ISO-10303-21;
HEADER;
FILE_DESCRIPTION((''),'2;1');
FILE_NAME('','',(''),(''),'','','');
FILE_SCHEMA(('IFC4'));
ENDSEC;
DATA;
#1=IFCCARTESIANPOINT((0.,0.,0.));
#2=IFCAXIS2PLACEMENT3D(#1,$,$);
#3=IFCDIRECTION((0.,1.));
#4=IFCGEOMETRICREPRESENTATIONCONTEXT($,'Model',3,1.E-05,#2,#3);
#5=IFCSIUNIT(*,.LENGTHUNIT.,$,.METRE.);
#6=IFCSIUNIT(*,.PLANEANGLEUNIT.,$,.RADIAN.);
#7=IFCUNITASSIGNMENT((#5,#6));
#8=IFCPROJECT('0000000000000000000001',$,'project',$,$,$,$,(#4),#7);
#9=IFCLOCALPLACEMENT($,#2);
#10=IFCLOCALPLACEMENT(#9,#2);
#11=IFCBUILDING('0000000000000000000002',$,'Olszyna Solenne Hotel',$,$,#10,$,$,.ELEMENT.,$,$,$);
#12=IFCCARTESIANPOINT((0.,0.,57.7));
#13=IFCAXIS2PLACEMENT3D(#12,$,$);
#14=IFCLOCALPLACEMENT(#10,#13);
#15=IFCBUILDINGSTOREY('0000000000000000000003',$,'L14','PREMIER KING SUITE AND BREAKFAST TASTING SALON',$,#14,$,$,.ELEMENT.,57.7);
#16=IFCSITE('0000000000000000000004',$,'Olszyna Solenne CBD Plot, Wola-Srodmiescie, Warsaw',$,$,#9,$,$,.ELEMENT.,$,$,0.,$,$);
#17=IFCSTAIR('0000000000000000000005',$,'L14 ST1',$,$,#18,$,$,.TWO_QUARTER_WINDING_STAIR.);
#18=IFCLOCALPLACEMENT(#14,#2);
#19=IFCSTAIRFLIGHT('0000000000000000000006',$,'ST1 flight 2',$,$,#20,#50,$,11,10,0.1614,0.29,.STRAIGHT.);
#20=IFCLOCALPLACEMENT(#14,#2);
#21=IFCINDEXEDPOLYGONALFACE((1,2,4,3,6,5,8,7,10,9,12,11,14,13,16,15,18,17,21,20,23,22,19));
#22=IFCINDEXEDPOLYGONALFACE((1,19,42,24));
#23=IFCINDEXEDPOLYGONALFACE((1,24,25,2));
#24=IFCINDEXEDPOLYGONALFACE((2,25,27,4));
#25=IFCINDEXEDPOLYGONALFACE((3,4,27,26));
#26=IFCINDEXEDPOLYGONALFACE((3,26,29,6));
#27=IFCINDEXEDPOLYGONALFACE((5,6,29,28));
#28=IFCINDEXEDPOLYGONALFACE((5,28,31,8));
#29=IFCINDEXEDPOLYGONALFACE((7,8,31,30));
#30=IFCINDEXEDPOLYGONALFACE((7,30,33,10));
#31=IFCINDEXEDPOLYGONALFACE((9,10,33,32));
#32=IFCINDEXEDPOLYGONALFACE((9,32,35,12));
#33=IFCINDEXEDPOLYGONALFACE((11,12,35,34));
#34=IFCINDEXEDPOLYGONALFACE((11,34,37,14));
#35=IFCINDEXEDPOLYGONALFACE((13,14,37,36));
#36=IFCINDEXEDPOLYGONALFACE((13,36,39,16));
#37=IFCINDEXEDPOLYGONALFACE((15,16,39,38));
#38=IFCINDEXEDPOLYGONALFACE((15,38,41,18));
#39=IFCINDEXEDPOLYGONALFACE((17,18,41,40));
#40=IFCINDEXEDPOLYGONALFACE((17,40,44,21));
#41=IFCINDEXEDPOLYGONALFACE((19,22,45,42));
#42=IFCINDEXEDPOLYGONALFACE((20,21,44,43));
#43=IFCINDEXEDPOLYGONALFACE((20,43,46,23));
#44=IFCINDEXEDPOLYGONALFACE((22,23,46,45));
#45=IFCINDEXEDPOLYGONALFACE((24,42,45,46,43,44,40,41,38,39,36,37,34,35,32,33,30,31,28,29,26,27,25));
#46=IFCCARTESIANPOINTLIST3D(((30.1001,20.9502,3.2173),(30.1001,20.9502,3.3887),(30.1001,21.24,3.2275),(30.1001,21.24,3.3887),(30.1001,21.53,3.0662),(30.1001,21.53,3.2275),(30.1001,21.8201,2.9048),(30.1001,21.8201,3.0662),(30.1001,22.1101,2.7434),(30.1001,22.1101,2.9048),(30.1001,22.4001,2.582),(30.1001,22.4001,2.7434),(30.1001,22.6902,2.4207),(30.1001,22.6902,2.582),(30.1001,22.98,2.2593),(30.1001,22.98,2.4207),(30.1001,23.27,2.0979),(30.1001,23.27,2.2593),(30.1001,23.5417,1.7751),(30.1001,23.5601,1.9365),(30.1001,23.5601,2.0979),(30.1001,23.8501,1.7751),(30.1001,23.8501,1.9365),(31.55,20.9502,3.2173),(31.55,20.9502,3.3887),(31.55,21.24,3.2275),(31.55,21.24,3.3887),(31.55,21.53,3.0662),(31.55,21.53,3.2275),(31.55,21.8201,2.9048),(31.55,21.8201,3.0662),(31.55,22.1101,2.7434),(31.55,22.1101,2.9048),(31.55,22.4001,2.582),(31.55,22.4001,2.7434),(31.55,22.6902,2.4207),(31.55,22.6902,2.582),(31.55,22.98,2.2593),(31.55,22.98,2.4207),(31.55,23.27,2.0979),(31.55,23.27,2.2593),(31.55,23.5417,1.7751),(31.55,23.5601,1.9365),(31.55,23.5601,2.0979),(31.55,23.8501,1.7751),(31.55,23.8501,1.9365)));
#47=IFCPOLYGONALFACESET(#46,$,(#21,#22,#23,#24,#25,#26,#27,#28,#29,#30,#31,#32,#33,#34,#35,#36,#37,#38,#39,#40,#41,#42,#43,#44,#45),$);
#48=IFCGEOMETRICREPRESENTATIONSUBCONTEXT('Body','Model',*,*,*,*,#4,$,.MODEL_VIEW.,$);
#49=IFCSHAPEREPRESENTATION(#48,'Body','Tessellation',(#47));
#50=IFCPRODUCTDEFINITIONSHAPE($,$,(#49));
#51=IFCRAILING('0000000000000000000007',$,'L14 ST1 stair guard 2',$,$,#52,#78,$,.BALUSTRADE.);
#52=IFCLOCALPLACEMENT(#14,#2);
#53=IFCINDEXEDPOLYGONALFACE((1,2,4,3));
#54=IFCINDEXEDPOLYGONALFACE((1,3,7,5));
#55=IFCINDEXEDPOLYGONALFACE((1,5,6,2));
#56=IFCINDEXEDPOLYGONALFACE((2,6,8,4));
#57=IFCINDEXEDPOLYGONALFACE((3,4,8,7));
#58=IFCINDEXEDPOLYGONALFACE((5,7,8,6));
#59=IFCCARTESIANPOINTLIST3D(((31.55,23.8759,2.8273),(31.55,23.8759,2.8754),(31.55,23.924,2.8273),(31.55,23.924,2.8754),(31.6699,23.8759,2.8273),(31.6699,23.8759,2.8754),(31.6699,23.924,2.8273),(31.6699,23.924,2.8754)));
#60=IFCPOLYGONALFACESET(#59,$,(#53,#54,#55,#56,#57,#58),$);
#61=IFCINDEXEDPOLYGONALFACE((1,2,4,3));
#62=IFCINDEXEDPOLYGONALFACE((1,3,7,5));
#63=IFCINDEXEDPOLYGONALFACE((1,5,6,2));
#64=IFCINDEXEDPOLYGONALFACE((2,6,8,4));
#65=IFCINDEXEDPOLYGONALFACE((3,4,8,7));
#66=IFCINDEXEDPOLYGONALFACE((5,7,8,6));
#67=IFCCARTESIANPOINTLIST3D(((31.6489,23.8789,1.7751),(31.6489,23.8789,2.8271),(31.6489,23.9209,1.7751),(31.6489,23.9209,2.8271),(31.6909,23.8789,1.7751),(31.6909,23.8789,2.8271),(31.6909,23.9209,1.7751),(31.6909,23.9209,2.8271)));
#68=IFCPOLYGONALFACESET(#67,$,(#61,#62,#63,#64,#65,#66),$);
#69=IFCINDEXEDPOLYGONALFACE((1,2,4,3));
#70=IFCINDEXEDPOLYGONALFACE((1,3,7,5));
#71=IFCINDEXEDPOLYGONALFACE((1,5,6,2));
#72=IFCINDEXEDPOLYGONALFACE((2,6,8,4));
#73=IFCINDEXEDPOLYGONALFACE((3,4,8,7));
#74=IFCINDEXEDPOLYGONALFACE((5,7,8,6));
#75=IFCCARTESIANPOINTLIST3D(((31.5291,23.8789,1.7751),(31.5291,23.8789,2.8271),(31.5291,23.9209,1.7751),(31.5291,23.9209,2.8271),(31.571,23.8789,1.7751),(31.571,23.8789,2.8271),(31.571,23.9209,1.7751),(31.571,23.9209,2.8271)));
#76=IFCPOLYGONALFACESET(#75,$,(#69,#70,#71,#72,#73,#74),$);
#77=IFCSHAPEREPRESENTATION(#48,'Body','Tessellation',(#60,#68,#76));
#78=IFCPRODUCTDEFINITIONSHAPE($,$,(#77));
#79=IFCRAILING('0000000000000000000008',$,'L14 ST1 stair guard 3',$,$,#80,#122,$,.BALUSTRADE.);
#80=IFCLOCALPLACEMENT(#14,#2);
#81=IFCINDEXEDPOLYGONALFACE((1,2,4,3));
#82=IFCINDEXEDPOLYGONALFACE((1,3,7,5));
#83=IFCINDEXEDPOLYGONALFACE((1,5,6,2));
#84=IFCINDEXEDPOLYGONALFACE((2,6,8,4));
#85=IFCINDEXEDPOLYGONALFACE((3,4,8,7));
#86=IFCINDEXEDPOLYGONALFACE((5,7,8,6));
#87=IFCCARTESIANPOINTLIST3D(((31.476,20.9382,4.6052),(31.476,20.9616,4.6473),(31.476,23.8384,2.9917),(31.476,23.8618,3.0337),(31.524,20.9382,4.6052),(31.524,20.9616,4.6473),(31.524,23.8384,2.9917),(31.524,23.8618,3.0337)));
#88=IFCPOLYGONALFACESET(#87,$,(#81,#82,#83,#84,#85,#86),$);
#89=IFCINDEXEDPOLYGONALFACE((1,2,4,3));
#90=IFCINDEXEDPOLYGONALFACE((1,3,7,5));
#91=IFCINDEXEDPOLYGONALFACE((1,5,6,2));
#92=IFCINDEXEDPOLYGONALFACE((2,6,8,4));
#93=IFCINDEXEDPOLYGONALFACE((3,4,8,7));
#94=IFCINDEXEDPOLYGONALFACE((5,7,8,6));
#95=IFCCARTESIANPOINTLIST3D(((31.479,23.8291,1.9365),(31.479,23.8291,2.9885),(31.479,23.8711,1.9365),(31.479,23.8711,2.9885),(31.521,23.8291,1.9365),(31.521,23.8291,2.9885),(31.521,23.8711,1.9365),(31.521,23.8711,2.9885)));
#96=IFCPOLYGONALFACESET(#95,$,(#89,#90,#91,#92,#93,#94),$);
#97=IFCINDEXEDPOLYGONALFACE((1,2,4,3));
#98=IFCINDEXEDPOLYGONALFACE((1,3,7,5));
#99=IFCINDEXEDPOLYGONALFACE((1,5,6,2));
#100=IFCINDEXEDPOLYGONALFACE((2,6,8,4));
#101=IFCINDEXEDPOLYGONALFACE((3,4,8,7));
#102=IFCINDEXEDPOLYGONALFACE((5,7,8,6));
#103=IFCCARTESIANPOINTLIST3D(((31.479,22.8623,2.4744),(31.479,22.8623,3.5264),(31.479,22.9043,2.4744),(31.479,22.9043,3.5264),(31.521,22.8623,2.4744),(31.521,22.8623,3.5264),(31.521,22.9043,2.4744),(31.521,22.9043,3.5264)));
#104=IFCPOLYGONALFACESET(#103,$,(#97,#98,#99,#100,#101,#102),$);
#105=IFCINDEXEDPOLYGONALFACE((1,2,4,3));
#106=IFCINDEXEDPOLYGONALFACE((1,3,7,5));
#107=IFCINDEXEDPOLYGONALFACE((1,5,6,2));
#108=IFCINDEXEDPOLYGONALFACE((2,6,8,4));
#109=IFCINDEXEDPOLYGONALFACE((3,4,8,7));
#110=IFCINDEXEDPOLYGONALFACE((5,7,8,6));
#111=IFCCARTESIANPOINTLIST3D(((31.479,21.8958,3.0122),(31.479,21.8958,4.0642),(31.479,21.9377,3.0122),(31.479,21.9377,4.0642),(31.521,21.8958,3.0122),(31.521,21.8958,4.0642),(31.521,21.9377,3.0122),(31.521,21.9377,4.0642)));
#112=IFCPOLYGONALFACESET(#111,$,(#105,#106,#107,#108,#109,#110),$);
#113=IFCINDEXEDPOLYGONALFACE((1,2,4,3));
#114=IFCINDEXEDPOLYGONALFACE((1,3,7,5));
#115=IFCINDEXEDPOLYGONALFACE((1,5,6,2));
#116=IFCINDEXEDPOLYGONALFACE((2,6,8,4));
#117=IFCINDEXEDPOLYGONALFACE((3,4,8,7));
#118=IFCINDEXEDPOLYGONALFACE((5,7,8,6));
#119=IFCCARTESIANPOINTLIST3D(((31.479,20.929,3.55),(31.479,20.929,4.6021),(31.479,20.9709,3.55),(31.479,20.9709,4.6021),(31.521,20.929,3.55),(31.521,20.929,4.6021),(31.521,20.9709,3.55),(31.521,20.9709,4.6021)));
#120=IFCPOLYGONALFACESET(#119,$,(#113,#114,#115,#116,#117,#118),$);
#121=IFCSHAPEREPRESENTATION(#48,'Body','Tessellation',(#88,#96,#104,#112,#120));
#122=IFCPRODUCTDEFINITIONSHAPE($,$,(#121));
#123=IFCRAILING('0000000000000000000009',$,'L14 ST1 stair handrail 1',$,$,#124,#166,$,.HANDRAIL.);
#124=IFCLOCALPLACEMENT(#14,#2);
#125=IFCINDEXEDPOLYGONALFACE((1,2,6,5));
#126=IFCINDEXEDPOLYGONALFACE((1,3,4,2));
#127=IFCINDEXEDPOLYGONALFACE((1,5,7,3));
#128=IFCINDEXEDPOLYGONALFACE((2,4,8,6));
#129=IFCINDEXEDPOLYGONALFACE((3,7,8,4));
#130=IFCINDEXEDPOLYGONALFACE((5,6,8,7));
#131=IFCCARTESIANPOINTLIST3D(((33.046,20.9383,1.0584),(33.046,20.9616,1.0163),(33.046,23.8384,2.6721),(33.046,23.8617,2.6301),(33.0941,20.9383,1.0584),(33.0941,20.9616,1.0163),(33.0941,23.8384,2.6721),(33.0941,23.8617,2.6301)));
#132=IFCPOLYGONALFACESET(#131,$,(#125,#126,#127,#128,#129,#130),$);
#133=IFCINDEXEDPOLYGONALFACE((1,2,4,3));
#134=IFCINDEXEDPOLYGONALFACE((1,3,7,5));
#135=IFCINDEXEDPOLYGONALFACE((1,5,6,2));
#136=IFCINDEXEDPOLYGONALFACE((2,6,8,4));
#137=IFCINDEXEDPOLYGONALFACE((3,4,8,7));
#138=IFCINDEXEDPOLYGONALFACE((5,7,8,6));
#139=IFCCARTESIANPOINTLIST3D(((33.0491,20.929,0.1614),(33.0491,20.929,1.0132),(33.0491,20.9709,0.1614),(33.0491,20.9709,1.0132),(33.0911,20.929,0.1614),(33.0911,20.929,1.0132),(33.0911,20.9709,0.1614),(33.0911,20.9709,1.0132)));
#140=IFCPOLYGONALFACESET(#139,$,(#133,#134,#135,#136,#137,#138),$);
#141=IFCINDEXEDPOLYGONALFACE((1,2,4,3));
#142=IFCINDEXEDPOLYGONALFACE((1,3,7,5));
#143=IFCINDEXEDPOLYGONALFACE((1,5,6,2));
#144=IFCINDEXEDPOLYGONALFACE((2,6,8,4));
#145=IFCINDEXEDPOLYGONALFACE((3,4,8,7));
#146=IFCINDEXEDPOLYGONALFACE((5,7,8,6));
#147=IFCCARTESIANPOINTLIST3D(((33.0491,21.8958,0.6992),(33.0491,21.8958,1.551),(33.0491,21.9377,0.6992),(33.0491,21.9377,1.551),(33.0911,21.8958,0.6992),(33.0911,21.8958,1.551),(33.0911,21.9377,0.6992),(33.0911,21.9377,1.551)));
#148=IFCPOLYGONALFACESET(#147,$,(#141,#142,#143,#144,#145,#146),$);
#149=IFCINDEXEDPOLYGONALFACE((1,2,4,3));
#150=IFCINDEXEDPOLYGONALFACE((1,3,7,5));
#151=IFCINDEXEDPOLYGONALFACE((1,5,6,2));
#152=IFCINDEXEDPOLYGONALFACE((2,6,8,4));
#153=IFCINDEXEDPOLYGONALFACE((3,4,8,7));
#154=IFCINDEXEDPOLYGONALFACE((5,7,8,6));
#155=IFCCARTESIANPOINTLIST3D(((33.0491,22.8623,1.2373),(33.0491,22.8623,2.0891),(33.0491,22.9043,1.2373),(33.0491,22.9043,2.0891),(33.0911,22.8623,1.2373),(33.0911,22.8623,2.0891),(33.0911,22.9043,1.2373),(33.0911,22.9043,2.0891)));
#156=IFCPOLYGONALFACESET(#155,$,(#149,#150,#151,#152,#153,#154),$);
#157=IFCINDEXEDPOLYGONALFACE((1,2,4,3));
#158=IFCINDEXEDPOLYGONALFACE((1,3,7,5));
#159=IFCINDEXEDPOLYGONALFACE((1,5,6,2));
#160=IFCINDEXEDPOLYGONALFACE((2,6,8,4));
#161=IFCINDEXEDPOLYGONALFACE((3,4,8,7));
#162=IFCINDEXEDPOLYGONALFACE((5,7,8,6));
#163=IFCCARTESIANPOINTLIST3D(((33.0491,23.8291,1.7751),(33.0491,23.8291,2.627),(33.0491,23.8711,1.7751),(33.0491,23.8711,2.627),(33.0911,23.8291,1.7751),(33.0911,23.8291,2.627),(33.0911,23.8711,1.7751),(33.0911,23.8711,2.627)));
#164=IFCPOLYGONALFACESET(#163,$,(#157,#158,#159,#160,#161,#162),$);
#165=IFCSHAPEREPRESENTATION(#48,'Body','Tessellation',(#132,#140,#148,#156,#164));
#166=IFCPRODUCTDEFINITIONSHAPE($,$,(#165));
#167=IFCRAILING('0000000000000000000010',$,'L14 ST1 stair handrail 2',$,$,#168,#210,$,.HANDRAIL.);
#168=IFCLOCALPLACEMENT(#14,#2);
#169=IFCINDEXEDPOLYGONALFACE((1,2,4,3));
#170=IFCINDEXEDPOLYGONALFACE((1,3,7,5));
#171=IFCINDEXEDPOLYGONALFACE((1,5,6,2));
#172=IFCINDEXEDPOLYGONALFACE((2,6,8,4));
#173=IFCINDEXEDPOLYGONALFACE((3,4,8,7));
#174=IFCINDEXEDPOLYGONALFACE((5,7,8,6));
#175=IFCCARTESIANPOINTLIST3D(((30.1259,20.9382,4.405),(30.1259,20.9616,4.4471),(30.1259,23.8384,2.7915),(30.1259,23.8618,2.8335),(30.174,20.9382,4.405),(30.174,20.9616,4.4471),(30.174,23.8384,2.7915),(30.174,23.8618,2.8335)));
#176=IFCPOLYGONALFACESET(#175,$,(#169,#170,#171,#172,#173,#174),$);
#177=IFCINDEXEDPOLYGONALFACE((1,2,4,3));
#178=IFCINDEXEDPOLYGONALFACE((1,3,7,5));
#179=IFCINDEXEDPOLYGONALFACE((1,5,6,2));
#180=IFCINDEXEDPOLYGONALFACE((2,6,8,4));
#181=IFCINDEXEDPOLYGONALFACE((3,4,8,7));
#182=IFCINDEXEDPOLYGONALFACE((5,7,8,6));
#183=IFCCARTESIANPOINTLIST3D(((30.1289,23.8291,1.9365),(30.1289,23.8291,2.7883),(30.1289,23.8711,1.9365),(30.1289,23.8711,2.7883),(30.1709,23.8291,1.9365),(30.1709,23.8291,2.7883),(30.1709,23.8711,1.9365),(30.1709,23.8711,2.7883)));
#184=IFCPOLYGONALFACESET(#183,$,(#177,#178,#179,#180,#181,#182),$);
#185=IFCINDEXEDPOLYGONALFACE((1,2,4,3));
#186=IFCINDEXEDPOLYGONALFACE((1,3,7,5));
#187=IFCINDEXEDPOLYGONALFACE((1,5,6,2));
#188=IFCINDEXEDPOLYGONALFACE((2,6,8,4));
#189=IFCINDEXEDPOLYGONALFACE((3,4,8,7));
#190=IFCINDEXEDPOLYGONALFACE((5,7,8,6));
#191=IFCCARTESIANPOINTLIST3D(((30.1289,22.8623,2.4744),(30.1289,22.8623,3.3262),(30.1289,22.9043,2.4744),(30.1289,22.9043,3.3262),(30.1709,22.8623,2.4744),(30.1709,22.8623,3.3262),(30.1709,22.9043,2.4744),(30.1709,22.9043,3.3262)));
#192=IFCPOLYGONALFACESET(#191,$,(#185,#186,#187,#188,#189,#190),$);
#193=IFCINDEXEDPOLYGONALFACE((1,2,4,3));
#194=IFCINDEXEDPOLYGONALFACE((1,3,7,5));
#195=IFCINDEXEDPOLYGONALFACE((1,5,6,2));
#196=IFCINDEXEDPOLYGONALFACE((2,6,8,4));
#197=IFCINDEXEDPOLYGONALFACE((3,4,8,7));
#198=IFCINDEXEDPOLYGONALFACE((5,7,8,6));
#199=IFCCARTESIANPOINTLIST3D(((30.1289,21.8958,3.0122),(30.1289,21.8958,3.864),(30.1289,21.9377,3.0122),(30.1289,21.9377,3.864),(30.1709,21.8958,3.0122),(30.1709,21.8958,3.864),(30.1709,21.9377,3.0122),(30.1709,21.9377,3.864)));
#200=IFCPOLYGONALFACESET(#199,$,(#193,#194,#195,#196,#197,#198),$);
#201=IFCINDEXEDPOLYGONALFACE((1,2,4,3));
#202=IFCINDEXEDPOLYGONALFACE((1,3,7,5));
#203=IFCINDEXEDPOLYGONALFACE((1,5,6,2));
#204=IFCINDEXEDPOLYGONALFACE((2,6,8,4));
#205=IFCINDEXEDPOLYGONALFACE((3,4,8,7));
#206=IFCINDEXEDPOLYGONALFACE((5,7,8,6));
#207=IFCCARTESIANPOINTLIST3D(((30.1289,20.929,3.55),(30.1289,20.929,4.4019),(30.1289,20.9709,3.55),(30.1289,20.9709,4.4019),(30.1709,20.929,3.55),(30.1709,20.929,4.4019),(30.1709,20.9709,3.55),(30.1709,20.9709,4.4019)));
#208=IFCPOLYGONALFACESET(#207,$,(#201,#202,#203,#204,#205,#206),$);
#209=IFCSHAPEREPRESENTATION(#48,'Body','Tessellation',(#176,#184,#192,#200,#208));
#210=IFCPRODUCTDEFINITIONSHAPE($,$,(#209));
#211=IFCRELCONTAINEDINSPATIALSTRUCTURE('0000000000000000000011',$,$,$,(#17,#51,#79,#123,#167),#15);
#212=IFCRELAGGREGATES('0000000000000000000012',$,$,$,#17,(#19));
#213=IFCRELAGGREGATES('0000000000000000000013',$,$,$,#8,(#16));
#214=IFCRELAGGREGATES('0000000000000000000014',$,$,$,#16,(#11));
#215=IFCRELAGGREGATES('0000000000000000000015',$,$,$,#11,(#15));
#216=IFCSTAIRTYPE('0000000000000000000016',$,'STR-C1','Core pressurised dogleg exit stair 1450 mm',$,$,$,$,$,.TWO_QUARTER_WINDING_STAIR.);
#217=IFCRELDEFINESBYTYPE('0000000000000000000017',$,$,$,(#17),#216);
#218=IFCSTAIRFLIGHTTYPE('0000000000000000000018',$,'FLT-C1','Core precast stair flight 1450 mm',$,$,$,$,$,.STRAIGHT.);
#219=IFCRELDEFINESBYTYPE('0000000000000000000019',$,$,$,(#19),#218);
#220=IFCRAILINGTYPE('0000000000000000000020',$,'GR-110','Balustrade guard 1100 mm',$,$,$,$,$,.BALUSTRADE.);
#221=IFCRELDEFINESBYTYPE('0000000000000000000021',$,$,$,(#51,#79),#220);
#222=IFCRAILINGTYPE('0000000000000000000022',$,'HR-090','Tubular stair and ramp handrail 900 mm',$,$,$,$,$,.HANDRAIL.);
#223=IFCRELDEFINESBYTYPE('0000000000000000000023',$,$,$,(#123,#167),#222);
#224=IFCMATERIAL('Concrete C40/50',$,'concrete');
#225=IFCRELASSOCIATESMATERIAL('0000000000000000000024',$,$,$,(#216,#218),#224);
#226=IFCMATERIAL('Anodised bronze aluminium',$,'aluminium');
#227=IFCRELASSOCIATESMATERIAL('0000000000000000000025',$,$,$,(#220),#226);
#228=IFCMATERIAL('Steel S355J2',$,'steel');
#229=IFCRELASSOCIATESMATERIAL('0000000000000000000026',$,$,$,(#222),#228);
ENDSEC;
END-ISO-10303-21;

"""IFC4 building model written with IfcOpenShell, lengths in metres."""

from ifc_helpers import new_model, si_unit, direction, frame, origin, origin_2d, place, context, subcontext, project, spatial, polyline, rectangle, outline, extrude, material, type_object, element, aggregate, save


model = new_model("IFC4")

# Units and contexts
model_context = context("Model", 3, precision=1e-05, world=origin(), true_north=direction((0.0, 1.0)))
body_context = subcontext(model_context, "Body", "Model", "MODEL_VIEW")
ifc_project = project(units=[si_unit("LENGTHUNIT", "METRE"), si_unit("PLANEANGLEUNIT", "RADIAN")], contexts=[model_context])

# Site, building, storey
site_placement = place(None, origin())
site = spatial("IfcSite", under=ifc_project, at=site_placement, Name="Olszyna Solenne CBD Plot, Wola-Srodmiescie, Warsaw", CompositionType="ELEMENT", RefElevation=0.0)
building_placement = place(site_placement, origin())
building = spatial("IfcBuilding", under=site, at=building_placement, Name="Olszyna Solenne Hotel", CompositionType="ELEMENT")
storey_placement = place(building_placement, frame((0.0, 0.0, 57.7)))
storey = spatial("IfcBuildingStorey", under=building, at=storey_placement, Name="L14", Description="PREMIER KING SUITE AND BREAKFAST TASTING SALON", CompositionType="ELEMENT", Elevation=57.7)

# Shared definitions
ifc_material_1 = material(Name="Steel S355J2", Category="steel")

# Shared definitions
ifc_material_2 = material(Name="Anodised bronze aluminium", Category="aluminium")

# Stair, stair flight
ifc_material_3 = material(Name="Concrete C40/50", Category="concrete")
stair_type = type_object("IfcStairType", Name="STR-C1", Description="Core pressurised dogleg exit stair 1450 mm", PredefinedType="TWO_QUARTER_WINDING_STAIR", material=ifc_material_3)
stair_placement = place(storey_placement, origin())
stair = element("IfcStair", 1, at=stair_placement, inside=storey, type_object=stair_type, Name="L14 ST1", PredefinedType="TWO_QUARTER_WINDING_STAIR")
stair_flight_type = type_object("IfcStairFlightType", Name="FLT-C1", Description="Core precast stair flight 1450 mm", PredefinedType="STRAIGHT", material=ifc_material_3)
stair_flight_placement = place(storey_placement, frame((30.825, 23.8501, 1.7751), z_axis=(0.0, 0.0, 1.0), x_axis=(0.0, -1.0, 0.0)))
stair_flight = element("IfcStairFlight", 2, at=stair_flight_placement, type_object=stair_flight_type, Name="ST1 flight 2", NumberOfRisers=11, NumberOfTreads=10, PredefinedType="STRAIGHT", RiserHeight=0.1614, TreadLength=0.29, context=body_context, shape_type="SweptSolid", body=[
    extrude(outline(polyline([(0.0, 0.0), (0.0, 0.1614), (0.29, 0.1614), (0.29, 0.3228), (0.5801, 0.3228), (0.5801, 0.4841), (0.8701, 0.4841), (0.8701, 0.6455), (1.1599, 0.6455), (1.1599, 0.8069), (1.45, 0.8069), (1.45, 0.9683), (1.74, 0.9683), (1.74, 1.1296), (2.03, 1.1296), (2.03, 1.291), (2.3201, 1.291), (2.3201, 1.4524), (2.6101, 1.4524), (2.6101, 1.6135), (2.8999, 1.6135), (2.8999, 1.7749), (2.8999, 1.4421), (0.3083, 0.0), (0.0, 0.0)])), frame((0.0, 0.7251, 0.0), z_axis=(0.0, -1.0, 0.0), x_axis=(1.0, 0.0, 0.0)), (0.0, 0.0, 1.0), 1.45),
])
aggregate(stair, [stair_flight])

# Railings
railing_type_1 = type_object("IfcRailingType", Name="GR-110", Description="Balustrade guard 1100 mm", PredefinedType="BALUSTRADE", material=ifc_material_2)
railing_1_placement = place(storey_placement, frame((31.6699, 23.8999, 1.7751)))
element("IfcRailing", 3, at=railing_1_placement, inside=storey, type_object=railing_type_1, Name="L14 ST1 stair guard 2", PredefinedType="BALUSTRADE", context=body_context, shape_type="SweptSolid", body=[
    extrude(rectangle(XDim=0.0481, YDim=0.0481, at=origin_2d()), frame((0.0, 0.0, 1.0762), z_axis=(-1.0, 0.0, 0.0), x_axis=(0.0, -1.0, 0.0)), (0.0, 0.0, 1.0), 0.1199),
    extrude(rectangle(XDim=0.042, YDim=0.042, at=origin_2d()), origin(), (0.0, 0.0, 1.0), 1.052),
    extrude(rectangle(XDim=0.042, YDim=0.042, at=origin_2d()), frame((-0.1199, 0.0, 0.0)), (0.0, 0.0, 1.0), 1.052),
])
railing_2_placement = place(storey_placement, frame((31.5, 23.8501, 1.9365)))
element("IfcRailing", 4, at=railing_2_placement, inside=storey, type_object=railing_type_1, Name="L14 ST1 stair guard 3", PredefinedType="BALUSTRADE", context=body_context, shape_type="SweptSolid", body=[
    extrude(rectangle(XDim=0.0481, YDim=0.0481, at=origin_2d()), frame((0.0, 0.0, 1.0762), z_axis=(0.0, -0.873859, 0.48618), x_axis=(1.0, 0.0, 0.0)), (0.0, 0.0, 1.0), 3.3188),
    extrude(rectangle(XDim=0.042, YDim=0.042, at=origin_2d()), origin(), (0.0, 0.0, 1.0), 1.052),
    extrude(rectangle(XDim=0.042, YDim=0.042, at=origin_2d()), frame((0.0, -0.9668, 0.5378)), (0.0, 0.0, 1.0), 1.052),
    extrude(rectangle(XDim=0.042, YDim=0.042, at=origin_2d()), frame((0.0, -1.9333, 1.0757)), (0.0, 0.0, 1.0), 1.052),
    extrude(rectangle(XDim=0.042, YDim=0.042, at=origin_2d()), frame((0.0, -2.9001, 1.6135)), (0.0, 0.0, 1.0), 1.052),
])
railing_type_2 = type_object("IfcRailingType", Name="HR-090", Description="Tubular stair and ramp handrail 900 mm", PredefinedType="HANDRAIL", material=ifc_material_1)
railing_3_placement = place(storey_placement, frame((33.0701, 20.95, 0.1614)))
element("IfcRailing", 5, at=railing_3_placement, inside=storey, type_object=railing_type_2, Name="L14 ST1 stair handrail 1", PredefinedType="HANDRAIL", context=body_context, shape_type="SweptSolid", body=[
    extrude(rectangle(XDim=0.0481, YDim=0.0481, at=origin_2d()), frame((0.0, 0.0, 0.876), z_axis=(0.0, 0.873827, 0.486236), x_axis=(-1.0, 0.0, 0.0)), (0.0, 0.0, 1.0), 3.3188),
    extrude(rectangle(XDim=0.042, YDim=0.042, at=origin_2d()), origin(), (0.0, 0.0, 1.0), 0.8518),
    extrude(rectangle(XDim=0.042, YDim=0.042, at=origin_2d()), frame((0.0, 0.9668, 0.5378)), (0.0, 0.0, 1.0), 0.8518),
    extrude(rectangle(XDim=0.042, YDim=0.042, at=origin_2d()), frame((0.0, 1.9333, 1.0759)), (0.0, 0.0, 1.0), 0.8518),
    extrude(rectangle(XDim=0.042, YDim=0.042, at=origin_2d()), frame((0.0, 2.9001, 1.6138)), (0.0, 0.0, 1.0), 0.8518),
])
railing_4_placement = place(storey_placement, frame((30.1499, 23.8501, 1.9365)))
element("IfcRailing", 6, at=railing_4_placement, inside=storey, type_object=railing_type_2, Name="L14 ST1 stair handrail 2", PredefinedType="HANDRAIL", context=body_context, shape_type="SweptSolid", body=[
    extrude(rectangle(XDim=0.0481, YDim=0.0481, at=origin_2d()), frame((0.0, 0.0, 0.876), z_axis=(0.0, -0.873859, 0.48618), x_axis=(1.0, 0.0, 0.0)), (0.0, 0.0, 1.0), 3.3188),
    extrude(rectangle(XDim=0.042, YDim=0.042, at=origin_2d()), origin(), (0.0, 0.0, 1.0), 0.8518),
    extrude(rectangle(XDim=0.042, YDim=0.042, at=origin_2d()), frame((0.0, -0.9668, 0.5378)), (0.0, 0.0, 1.0), 0.8518),
    extrude(rectangle(XDim=0.042, YDim=0.042, at=origin_2d()), frame((0.0, -1.9333, 1.0757)), (0.0, 0.0, 1.0), 0.8518),
    extrude(rectangle(XDim=0.042, YDim=0.042, at=origin_2d()), frame((0.0, -2.9001, 1.6135)), (0.0, 0.0, 1.0), 0.8518),
])

save(model, "model.ifc")
